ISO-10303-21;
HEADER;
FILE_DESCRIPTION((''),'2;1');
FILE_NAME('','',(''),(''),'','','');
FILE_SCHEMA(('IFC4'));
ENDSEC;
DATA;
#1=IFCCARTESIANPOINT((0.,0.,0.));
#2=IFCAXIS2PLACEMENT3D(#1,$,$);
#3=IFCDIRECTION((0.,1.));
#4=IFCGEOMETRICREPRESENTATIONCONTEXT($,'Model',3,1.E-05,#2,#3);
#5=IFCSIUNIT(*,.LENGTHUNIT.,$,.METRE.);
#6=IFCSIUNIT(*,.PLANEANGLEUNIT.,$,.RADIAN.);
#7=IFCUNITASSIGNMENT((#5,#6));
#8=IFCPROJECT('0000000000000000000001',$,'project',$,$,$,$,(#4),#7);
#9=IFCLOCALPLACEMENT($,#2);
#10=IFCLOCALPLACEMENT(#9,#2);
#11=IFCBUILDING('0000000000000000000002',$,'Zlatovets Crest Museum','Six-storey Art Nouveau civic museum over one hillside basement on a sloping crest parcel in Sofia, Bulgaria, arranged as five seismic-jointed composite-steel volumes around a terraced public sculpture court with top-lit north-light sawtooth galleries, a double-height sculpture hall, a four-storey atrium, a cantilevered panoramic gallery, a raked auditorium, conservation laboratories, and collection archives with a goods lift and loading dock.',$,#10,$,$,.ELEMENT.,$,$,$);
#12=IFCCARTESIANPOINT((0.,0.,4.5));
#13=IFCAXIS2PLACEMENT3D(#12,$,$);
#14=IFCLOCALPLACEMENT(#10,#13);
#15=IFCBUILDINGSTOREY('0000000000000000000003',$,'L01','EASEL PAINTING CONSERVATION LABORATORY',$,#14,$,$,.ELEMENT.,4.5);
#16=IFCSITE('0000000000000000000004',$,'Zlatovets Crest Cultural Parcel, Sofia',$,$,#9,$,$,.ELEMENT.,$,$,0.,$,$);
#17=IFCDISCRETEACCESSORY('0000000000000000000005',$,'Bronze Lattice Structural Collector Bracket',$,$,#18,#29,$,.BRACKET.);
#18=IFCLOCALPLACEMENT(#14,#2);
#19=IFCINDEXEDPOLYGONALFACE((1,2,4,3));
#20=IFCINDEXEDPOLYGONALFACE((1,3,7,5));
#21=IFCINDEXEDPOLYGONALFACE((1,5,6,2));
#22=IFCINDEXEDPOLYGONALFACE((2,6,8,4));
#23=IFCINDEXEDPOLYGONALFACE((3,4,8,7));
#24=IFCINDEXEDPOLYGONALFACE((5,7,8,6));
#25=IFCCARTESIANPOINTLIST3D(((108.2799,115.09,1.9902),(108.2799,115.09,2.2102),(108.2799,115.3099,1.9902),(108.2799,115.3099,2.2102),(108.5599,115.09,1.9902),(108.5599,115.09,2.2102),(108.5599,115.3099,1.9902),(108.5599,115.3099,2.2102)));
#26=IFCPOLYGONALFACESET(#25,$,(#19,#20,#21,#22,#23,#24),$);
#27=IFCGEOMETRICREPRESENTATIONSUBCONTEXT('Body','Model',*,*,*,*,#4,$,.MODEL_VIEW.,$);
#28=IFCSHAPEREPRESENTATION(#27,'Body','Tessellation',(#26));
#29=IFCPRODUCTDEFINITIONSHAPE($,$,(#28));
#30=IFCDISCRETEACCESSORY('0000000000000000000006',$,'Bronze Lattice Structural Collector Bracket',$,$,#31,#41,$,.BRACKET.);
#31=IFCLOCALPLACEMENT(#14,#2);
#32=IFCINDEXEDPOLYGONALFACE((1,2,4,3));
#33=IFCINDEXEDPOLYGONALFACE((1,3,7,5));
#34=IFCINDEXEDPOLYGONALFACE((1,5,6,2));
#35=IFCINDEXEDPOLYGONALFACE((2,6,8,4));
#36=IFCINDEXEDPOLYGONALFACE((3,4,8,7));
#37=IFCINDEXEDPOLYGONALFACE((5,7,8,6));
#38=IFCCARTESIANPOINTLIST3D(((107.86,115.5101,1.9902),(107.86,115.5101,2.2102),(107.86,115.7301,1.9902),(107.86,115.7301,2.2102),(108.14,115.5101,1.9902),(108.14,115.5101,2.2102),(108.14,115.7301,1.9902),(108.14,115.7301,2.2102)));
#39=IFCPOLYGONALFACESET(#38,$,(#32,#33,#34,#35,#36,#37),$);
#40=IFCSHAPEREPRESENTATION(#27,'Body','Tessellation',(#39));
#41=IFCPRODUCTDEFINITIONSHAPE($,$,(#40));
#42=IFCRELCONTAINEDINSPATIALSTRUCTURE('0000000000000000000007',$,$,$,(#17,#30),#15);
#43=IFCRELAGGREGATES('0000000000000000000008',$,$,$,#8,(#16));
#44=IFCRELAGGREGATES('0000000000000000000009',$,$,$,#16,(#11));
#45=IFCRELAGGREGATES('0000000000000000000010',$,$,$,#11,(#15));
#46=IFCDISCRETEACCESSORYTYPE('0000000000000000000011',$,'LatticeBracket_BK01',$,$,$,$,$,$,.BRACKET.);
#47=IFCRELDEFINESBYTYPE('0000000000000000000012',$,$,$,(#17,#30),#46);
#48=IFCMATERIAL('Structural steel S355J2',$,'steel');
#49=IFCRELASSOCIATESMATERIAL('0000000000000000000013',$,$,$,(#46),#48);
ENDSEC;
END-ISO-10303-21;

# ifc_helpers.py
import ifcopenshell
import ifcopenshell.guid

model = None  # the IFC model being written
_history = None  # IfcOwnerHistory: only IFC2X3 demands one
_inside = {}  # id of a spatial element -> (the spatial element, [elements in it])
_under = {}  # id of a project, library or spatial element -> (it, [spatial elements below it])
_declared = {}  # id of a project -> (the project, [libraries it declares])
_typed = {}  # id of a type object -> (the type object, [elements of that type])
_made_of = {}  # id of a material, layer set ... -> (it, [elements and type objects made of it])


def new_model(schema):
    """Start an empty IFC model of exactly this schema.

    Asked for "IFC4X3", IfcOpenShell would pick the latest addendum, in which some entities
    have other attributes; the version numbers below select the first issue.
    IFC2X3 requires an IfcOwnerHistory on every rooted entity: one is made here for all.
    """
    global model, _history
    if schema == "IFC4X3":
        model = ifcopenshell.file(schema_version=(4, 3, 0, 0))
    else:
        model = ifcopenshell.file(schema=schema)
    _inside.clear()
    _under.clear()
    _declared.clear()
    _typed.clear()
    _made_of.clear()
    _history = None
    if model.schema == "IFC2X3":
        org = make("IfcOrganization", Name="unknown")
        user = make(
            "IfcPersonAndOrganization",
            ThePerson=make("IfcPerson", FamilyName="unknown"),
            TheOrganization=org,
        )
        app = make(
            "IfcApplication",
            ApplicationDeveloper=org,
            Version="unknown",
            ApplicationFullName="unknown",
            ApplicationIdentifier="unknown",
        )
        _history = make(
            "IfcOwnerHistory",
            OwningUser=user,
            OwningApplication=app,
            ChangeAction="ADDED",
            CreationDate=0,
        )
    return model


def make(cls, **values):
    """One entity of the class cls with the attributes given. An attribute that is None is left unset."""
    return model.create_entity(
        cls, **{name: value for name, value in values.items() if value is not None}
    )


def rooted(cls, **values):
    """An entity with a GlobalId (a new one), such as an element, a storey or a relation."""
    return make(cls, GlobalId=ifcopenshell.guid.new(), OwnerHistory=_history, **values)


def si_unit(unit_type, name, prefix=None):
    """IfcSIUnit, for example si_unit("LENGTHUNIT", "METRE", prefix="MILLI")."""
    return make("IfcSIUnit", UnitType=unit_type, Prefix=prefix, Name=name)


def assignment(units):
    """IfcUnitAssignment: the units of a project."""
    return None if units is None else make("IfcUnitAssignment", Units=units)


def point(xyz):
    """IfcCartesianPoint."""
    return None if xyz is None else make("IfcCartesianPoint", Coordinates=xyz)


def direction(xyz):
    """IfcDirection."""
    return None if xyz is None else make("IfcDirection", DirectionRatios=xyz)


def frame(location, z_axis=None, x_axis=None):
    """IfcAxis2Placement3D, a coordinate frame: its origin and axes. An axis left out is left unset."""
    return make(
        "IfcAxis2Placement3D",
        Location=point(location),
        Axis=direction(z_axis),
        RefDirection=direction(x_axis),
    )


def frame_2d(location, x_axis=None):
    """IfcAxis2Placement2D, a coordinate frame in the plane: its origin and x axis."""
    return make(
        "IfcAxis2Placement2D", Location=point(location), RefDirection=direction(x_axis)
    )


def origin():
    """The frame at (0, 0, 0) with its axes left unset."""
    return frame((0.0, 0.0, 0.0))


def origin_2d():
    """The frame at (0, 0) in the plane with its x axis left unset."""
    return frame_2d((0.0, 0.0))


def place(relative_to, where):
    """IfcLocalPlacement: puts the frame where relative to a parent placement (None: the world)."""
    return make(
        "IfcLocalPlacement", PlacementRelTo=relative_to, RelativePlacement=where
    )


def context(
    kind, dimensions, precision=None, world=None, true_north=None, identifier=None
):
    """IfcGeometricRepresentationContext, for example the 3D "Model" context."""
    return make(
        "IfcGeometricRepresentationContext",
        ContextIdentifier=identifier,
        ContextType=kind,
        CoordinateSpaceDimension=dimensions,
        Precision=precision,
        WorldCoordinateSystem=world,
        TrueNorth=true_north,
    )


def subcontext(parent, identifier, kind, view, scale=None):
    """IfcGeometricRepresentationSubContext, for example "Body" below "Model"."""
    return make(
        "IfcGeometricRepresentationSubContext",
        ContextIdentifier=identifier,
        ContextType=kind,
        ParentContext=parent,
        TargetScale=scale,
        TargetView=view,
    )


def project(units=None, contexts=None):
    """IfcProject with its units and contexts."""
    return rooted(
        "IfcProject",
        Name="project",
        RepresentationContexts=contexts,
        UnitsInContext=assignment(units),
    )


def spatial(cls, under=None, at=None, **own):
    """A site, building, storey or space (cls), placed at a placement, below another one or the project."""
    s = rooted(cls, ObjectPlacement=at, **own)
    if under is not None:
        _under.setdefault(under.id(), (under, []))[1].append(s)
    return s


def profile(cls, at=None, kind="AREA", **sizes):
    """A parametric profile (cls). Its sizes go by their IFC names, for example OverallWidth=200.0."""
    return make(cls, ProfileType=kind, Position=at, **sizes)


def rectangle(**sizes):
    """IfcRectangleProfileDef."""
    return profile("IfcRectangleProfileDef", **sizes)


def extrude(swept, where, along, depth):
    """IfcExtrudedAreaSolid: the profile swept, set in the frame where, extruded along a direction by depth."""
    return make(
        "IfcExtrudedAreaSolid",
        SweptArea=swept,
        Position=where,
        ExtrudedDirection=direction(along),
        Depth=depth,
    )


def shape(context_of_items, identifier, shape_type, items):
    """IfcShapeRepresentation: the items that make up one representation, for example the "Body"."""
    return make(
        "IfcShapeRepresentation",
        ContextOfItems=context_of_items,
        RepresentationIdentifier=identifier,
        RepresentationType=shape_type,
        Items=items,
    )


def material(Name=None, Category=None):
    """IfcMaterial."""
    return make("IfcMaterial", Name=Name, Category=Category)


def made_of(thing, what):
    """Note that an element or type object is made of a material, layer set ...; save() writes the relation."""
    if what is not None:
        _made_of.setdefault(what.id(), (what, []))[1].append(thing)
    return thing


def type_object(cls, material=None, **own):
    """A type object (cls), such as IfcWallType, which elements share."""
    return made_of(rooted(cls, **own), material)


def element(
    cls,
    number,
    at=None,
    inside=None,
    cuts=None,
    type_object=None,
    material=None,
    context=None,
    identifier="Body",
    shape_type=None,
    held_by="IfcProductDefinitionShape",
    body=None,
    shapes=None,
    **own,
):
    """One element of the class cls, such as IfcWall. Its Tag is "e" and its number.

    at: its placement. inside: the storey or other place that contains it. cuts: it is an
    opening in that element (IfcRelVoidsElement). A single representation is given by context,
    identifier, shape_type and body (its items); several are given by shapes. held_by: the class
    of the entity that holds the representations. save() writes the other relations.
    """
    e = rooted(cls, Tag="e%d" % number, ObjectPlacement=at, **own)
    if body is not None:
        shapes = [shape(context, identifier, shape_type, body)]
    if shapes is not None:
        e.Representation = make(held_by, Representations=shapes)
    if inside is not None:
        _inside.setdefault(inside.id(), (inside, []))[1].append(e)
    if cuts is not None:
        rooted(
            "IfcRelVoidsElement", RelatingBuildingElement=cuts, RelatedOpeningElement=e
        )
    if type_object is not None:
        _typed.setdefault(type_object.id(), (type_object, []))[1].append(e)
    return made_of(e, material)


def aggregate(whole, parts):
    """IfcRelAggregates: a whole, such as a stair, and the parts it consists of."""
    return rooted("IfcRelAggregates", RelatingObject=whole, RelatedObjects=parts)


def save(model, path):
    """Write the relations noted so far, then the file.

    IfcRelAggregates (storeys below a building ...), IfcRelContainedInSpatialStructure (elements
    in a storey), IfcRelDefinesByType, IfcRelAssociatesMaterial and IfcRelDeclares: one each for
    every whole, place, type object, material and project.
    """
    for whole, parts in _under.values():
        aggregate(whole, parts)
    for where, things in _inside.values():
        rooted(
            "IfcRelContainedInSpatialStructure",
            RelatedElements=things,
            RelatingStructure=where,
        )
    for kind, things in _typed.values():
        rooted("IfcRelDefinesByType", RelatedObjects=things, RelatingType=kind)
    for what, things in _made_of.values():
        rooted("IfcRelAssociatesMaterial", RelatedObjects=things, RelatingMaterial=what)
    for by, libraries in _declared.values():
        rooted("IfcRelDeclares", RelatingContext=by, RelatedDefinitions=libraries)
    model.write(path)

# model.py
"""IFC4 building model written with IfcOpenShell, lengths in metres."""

from ifc_helpers import new_model, si_unit, direction, frame, origin, origin_2d, place, context, subcontext, project, spatial, rectangle, extrude, material, type_object, element, save


model = new_model("IFC4")

# Units and contexts
model_context = context("Model", 3, precision=1e-05, world=origin(), true_north=direction((0.0, 1.0)))
body_context = subcontext(model_context, "Body", "Model", "MODEL_VIEW")
ifc_project = project(units=[si_unit("LENGTHUNIT", "METRE"), si_unit("PLANEANGLEUNIT", "RADIAN")], contexts=[model_context])

# Site, building, storey
site_placement = place(None, origin())
site = spatial("IfcSite", under=ifc_project, at=site_placement, Name="Zlatovets Crest Cultural Parcel, Sofia", CompositionType="ELEMENT", RefElevation=0.0)
building_placement = place(site_placement, origin())
building = spatial("IfcBuilding", under=site, at=building_placement, Name="Zlatovets Crest Museum", Description="Six-storey Art Nouveau civic museum over one hillside basement on a sloping crest parcel in Sofia, Bulgaria, arranged as five seismic-jointed composite-steel volumes around a terraced public sculpture court with top-lit north-light sawtooth galleries, a double-height sculpture hall, a four-storey atrium, a cantilevered panoramic gallery, a raked auditorium, conservation laboratories, and collection archives with a goods lift and loading dock.", CompositionType="ELEMENT")
storey_placement = place(building_placement, frame((0.0, 0.0, 4.5)))
storey = spatial("IfcBuildingStorey", under=building, at=storey_placement, Name="L01", Description="EASEL PAINTING CONSERVATION LABORATORY", CompositionType="ELEMENT", Elevation=4.5)

# Shared definitions
ifc_material_1 = material(Name="Structural steel S355J2", Category="steel")

# Discrete accessories
discrete_accessory_type = type_object("IfcDiscreteAccessoryType", Name="LatticeBracket_BK01", PredefinedType="BRACKET", material=ifc_material_1)
for number, where, z_axis, x_axis, name in (
    (1, (108.4199, 115.2, 1.9902), (0.0, 0.0, 1.0), (1.0, 0.0, 0.0), "Bronze Lattice Structural Collector Bracket"),
    (2, (108.0, 115.6201, 1.9902), (0.0, 0.0, 1.0), (1.0, 0.0, 0.0), "Bronze Lattice Structural Collector Bracket"),
):
    element("IfcDiscreteAccessory", number, at=place(storey_placement, frame(where, z_axis=z_axis, x_axis=x_axis)), inside=storey, type_object=discrete_accessory_type, Name=name, PredefinedType="BRACKET", context=body_context, shape_type="SweptSolid", body=[
        extrude(rectangle(XDim=0.28, YDim=0.22, at=origin_2d()), origin(), (0.0, 0.0, 1.0), 0.22),
    ])

save(model, "model.ifc")
